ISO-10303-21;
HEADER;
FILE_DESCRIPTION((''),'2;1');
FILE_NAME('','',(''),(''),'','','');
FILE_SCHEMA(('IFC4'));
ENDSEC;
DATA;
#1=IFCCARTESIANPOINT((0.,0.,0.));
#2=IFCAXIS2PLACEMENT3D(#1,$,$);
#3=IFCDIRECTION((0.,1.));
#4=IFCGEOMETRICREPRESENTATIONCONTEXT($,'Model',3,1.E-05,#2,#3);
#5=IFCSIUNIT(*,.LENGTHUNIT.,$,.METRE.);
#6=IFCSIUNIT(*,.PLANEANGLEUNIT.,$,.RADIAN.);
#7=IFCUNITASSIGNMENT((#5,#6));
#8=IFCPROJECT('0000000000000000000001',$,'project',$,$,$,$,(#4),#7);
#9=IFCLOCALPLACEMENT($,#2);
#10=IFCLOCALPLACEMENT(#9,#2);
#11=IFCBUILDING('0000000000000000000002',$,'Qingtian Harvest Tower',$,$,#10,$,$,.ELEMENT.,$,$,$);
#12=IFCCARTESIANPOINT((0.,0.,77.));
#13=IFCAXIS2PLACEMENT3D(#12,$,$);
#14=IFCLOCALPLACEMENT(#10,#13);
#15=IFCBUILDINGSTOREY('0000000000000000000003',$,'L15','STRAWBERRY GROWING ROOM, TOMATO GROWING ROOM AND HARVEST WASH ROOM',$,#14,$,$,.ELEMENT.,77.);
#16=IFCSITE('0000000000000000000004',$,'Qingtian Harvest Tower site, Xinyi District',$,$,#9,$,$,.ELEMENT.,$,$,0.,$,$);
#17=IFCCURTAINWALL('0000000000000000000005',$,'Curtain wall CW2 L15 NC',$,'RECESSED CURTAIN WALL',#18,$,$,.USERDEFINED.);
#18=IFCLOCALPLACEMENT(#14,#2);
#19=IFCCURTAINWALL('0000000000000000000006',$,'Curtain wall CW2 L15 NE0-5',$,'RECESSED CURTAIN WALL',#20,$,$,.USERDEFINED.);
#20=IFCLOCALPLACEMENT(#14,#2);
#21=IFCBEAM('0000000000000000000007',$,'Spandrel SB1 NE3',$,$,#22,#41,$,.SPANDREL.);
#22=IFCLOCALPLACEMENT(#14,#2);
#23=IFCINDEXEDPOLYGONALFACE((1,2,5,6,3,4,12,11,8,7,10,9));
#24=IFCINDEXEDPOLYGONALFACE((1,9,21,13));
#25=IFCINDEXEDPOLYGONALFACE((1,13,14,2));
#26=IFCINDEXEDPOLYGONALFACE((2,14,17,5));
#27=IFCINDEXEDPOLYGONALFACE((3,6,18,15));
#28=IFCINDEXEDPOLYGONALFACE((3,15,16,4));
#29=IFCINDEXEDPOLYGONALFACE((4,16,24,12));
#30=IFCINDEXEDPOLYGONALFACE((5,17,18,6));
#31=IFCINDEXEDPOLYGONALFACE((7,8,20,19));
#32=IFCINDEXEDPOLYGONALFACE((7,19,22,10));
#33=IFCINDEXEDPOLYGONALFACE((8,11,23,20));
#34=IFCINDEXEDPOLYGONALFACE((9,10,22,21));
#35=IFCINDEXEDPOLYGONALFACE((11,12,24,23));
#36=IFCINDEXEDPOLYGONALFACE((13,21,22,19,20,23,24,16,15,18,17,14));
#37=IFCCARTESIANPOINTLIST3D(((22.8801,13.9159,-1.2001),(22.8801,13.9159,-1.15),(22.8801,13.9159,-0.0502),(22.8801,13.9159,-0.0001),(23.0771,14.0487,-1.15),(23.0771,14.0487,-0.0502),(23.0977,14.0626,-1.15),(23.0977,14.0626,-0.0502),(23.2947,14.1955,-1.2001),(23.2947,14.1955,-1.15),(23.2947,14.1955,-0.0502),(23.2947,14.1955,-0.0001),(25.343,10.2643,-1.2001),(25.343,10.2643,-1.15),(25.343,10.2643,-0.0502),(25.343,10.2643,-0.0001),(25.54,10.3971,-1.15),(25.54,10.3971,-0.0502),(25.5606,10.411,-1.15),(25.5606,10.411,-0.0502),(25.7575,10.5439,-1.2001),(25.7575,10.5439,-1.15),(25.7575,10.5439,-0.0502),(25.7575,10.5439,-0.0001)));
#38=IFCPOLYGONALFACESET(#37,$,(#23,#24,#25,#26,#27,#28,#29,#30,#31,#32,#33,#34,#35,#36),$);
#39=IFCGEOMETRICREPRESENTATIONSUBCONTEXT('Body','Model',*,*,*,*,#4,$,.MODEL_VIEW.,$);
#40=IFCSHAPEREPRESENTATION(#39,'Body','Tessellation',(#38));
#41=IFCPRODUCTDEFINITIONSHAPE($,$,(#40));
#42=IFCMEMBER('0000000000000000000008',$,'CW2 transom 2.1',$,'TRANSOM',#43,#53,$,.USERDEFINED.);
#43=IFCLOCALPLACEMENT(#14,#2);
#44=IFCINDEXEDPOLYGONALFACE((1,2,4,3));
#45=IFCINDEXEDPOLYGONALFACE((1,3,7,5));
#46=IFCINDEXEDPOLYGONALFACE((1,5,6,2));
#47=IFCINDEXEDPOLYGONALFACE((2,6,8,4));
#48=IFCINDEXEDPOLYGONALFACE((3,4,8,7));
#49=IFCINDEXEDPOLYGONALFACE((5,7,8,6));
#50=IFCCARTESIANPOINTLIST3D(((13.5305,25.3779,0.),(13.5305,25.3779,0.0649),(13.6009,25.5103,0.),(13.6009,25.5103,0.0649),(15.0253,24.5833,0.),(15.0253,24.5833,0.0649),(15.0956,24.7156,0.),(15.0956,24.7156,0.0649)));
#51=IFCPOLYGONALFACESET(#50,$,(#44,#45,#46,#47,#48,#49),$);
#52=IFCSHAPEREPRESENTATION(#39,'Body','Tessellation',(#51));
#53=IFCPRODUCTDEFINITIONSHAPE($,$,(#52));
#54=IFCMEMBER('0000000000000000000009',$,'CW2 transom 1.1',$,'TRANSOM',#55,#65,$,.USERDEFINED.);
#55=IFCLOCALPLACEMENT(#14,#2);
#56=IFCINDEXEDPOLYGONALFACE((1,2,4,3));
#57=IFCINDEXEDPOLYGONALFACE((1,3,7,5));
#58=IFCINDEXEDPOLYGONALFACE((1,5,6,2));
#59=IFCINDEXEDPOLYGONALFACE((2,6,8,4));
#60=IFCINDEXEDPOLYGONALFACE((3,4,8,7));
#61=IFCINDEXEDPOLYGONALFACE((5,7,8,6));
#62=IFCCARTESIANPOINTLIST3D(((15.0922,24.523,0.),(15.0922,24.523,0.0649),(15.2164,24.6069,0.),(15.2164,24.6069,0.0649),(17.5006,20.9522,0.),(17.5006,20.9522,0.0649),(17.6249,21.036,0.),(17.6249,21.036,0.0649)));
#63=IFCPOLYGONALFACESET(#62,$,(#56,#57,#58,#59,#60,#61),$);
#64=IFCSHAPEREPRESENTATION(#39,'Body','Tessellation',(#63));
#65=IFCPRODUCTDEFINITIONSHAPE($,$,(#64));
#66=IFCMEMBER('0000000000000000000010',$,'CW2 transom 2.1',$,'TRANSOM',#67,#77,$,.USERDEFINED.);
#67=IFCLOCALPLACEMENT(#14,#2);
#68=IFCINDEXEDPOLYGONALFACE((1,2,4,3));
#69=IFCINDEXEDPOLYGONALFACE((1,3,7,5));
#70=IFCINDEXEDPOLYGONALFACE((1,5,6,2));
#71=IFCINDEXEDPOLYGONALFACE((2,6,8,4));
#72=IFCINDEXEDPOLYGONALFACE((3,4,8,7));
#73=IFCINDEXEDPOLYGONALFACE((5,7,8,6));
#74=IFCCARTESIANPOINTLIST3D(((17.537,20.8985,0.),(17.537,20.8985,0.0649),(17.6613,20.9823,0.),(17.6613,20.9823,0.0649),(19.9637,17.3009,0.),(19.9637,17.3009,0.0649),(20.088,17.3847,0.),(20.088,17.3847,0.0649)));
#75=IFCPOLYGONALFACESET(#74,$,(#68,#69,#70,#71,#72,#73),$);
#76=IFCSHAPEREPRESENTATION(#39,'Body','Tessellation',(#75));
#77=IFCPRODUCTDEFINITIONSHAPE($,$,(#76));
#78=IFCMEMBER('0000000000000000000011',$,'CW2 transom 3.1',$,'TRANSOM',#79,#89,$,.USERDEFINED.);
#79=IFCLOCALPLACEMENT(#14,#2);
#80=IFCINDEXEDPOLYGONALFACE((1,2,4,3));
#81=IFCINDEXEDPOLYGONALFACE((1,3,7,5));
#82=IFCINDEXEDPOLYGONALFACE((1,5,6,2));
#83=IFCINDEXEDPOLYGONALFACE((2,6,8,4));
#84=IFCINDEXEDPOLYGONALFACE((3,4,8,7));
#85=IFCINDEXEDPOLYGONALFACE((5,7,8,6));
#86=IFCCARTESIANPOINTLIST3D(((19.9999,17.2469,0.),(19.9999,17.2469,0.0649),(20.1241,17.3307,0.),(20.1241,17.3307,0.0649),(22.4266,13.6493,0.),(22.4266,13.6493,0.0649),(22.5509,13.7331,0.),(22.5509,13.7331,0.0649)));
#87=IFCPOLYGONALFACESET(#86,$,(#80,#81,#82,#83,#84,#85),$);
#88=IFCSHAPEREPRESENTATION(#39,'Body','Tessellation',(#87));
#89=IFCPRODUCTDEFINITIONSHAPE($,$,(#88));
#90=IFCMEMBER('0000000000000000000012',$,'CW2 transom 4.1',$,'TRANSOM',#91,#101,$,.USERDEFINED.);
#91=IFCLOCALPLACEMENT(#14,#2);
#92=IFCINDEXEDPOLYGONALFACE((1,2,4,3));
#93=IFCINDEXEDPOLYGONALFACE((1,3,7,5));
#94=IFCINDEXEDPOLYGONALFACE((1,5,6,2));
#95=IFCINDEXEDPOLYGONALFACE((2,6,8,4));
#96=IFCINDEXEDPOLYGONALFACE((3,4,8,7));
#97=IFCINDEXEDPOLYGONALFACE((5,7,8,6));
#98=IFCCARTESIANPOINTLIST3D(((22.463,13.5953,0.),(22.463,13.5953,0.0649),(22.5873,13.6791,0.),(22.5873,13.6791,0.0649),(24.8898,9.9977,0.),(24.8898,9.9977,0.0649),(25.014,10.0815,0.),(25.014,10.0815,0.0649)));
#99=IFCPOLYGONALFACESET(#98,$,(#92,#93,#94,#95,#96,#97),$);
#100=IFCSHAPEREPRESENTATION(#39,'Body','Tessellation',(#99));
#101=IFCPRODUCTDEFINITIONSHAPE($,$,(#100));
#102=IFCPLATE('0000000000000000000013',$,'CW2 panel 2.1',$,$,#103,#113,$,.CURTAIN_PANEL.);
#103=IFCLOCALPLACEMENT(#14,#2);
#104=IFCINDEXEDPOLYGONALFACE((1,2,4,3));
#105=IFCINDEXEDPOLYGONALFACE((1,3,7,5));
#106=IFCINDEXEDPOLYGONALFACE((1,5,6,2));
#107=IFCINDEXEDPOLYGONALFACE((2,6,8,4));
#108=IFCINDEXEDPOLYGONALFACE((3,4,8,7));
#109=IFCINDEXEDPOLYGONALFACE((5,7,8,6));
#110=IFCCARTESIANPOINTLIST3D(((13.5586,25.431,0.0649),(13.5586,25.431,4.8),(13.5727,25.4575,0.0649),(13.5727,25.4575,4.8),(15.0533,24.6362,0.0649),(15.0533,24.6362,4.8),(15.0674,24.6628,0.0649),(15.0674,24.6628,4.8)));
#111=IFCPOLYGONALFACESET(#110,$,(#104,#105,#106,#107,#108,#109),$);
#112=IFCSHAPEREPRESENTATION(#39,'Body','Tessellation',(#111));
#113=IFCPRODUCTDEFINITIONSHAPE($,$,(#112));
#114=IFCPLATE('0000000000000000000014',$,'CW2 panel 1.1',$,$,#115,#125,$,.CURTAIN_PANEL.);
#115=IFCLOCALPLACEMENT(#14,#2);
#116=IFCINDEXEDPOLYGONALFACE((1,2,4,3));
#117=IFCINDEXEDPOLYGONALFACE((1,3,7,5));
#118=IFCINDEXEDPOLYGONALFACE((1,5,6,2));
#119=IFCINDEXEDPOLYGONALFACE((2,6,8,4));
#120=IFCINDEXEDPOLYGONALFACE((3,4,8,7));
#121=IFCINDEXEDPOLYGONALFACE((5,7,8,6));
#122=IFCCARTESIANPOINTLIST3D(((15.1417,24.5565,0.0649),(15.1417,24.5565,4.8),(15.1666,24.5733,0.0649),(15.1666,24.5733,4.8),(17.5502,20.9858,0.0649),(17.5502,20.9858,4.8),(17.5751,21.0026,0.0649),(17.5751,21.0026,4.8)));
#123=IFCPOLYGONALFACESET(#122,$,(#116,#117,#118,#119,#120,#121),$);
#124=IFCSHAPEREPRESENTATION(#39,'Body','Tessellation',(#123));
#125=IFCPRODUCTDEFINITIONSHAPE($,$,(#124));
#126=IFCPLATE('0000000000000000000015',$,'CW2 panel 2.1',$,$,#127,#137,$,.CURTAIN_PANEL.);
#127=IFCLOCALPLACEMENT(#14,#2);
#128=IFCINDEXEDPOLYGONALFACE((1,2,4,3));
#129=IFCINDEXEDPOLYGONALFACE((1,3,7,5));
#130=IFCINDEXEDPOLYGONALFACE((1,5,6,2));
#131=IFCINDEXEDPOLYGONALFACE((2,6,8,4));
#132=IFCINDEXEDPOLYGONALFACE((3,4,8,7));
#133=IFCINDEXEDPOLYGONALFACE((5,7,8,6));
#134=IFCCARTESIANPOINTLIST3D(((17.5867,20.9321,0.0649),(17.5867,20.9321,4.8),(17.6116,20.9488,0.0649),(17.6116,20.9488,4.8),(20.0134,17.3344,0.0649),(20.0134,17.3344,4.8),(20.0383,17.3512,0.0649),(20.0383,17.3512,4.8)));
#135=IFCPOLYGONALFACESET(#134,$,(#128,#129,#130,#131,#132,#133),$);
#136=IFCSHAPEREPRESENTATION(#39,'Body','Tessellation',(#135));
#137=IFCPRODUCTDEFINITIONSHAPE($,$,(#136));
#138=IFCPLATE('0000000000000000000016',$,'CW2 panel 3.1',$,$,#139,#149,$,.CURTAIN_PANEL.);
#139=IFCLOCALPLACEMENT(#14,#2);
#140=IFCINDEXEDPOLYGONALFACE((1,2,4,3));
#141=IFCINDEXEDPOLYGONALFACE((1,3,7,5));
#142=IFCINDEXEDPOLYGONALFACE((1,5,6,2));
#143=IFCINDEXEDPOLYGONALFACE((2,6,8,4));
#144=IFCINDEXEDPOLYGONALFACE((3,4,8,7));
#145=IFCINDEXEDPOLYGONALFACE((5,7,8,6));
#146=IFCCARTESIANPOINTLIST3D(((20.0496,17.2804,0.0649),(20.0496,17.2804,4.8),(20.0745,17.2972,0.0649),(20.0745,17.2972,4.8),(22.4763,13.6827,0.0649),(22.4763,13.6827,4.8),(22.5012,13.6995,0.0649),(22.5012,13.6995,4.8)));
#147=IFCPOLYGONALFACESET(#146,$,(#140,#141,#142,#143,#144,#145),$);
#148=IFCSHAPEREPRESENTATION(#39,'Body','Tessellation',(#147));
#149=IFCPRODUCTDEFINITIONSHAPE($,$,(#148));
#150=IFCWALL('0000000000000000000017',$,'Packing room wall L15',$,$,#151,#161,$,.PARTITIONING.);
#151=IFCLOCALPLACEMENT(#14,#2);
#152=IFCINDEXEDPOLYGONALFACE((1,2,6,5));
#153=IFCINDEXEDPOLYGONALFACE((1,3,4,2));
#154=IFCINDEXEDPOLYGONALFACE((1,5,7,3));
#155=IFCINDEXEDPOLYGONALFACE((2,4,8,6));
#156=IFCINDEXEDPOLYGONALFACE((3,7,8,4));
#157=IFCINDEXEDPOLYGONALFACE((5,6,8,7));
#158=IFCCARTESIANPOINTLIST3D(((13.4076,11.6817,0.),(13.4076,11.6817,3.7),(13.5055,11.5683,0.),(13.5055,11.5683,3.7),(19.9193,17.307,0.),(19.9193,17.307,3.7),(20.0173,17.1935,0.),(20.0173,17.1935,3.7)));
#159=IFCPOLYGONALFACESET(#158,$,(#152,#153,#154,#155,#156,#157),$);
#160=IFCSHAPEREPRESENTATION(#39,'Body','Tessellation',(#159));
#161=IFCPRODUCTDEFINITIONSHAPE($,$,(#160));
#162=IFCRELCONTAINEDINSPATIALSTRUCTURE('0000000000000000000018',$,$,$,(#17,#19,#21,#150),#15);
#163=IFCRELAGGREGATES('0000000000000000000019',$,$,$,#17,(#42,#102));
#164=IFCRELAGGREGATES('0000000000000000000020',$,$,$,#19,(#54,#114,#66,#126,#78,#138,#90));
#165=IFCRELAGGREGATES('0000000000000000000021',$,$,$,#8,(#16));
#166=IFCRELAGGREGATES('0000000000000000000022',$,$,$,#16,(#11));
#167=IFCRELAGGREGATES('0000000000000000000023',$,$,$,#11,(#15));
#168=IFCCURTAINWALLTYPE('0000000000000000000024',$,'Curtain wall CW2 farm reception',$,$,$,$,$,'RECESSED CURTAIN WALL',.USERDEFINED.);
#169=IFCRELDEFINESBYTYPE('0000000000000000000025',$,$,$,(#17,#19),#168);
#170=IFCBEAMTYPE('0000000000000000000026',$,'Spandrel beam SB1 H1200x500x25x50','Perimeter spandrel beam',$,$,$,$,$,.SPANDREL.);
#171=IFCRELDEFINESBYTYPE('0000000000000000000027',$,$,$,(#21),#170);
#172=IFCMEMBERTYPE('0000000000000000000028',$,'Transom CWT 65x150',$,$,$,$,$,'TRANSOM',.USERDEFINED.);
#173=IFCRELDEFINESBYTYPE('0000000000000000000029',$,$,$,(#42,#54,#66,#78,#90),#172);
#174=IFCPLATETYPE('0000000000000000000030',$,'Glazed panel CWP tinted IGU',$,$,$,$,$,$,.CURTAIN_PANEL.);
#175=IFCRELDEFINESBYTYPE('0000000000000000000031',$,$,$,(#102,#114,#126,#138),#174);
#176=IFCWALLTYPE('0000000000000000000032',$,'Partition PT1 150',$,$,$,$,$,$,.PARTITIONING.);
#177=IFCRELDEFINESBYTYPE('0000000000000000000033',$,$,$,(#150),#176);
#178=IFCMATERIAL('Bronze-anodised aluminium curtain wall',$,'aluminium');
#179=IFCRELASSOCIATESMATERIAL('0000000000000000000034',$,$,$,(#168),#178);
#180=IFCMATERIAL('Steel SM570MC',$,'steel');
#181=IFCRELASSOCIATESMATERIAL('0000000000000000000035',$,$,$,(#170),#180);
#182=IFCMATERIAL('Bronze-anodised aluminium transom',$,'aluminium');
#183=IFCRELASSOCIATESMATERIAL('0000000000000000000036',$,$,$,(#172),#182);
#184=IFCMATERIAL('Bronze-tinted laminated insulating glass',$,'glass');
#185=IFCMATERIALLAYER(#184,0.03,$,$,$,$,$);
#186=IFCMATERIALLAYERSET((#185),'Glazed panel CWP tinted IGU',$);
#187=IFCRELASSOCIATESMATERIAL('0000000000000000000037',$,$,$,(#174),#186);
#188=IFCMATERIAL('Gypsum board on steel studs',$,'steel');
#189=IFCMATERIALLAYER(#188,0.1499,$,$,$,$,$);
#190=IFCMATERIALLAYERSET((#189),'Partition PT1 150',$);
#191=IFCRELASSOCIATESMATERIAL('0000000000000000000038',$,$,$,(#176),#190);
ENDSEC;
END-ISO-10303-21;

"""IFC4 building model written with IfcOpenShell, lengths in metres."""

from ifc_helpers import new_model, si_unit, direction, frame, frame_2d, origin, origin_2d, place, context, subcontext, project, spatial, rectangle, i_section, extrude, material, layer, layer_set, material_profile, profile_set, type_object, element, aggregate, save


model = new_model("IFC4")

# Units and contexts
model_context = context("Model", 3, precision=1e-05, world=origin(), true_north=direction((0.0, 1.0)))
body_context = subcontext(model_context, "Body", "Model", "MODEL_VIEW")
ifc_project = project(units=[si_unit("LENGTHUNIT", "METRE"), si_unit("PLANEANGLEUNIT", "RADIAN")], contexts=[model_context])

# Site, building, storey
site_placement = place(None, origin())
site = spatial("IfcSite", under=ifc_project, at=site_placement, Name="Qingtian Harvest Tower site, Xinyi District", CompositionType="ELEMENT", RefElevation=0.0)
building_placement = place(site_placement, origin())
building = spatial("IfcBuilding", under=site, at=building_placement, Name="Qingtian Harvest Tower", CompositionType="ELEMENT")
storey_placement = place(building_placement, frame((0.0, 0.0, 77.0)))
storey = spatial("IfcBuildingStorey", under=building, at=storey_placement, Name="L15", Description="STRAWBERRY GROWING ROOM, TOMATO GROWING ROOM AND HARVEST WASH ROOM", CompositionType="ELEMENT", Elevation=77.0)

# Curtain wall
ifc_material_1 = material(Name="Bronze-anodised aluminium curtain wall", Category="aluminium")
curtain_wall_type = type_object("IfcCurtainWallType", Name="Curtain wall CW2 farm reception", ElementType="RECESSED CURTAIN WALL", PredefinedType="USERDEFINED", material=ifc_material_1)
curtain_wall_1_placement = place(storey_placement, origin())
curtain_wall_1 = element("IfcCurtainWall", 1, at=curtain_wall_1_placement, inside=storey, type_object=curtain_wall_type, Name="Curtain wall CW2 L15 NC", ObjectType="RECESSED CURTAIN WALL", PredefinedType="USERDEFINED")

# Curtain wall
curtain_wall_2_placement = place(storey_placement, origin())
curtain_wall_2 = element("IfcCurtainWall", 2, at=curtain_wall_2_placement, inside=storey, type_object=curtain_wall_type, Name="Curtain wall CW2 L15 NE0-5", ObjectType="RECESSED CURTAIN WALL", PredefinedType="USERDEFINED")

# Beam
ifc_material_2 = material(Name="Steel SM570MC", Category="steel")
ifc_material_profile_1 = material_profile(ifc_material_2, i_section(OverallWidth=0.5, OverallDepth=1.2, WebThickness=0.0249, FlangeThickness=0.05, at=origin_2d()), Name="H1200x500x25x50")
ifc_profile_set_1 = profile_set([ifc_material_profile_1], Name="Steel SM570MC")
beam_type_1 = type_object("IfcBeamType", Name="Spandrel beam SB1 H1200x500x25x50", Description="Perimeter spandrel beam", PredefinedType="SPANDREL", material=ifc_profile_set_1)
for number, where, z_axis, x_axis, name in (
    (3, (23.0874, 14.0557, -0.6001), (0.559169, -0.829054, 0.0), (0.829054, 0.559169, 0.0), "Spandrel SB1 NE3"),
):
    element("IfcBeam", number, at=place(storey_placement, frame(where, z_axis=z_axis, x_axis=x_axis)), inside=storey, type_object=beam_type_1, Name=name, PredefinedType="SPANDREL", context=body_context, shape_type="SweptSolid", body=[
        extrude(i_section(OverallWidth=0.5, OverallDepth=1.2, WebThickness=0.0249, FlangeThickness=0.05, at=origin_2d()), origin(), (0.0, 0.0, 1.0), 4.4045),
    ])

# Members
ifc_material_3 = material(Name="Bronze-anodised aluminium transom", Category="aluminium")
ifc_material_profile_2 = material_profile(ifc_material_3, rectangle(XDim=0.1499, YDim=0.0649, at=origin_2d()), Name="AL 65x150")
ifc_profile_set_2 = profile_set([ifc_material_profile_2], Name="Bronze-anodised aluminium transom")
member_type_1 = type_object("IfcMemberType", Name="Transom CWT 65x150", ElementType="TRANSOM", PredefinedType="USERDEFINED", material=ifc_profile_set_2)
member_1_placement = place(storey_placement, frame((13.5657, 25.4441, 0.0325), z_axis=(0.882987, -0.469398, 0.0), x_axis=(0.469398, 0.882987, 0.0)))
member_1 = element("IfcMember", 4, at=member_1_placement, type_object=member_type_1, Name="CW2 transom 2.1", ObjectType="TRANSOM", PredefinedType="USERDEFINED", context=body_context, shape_type="SweptSolid", body=[
    extrude(rectangle(XDim=0.1499, YDim=0.0649, at=origin_2d()), origin(), (0.0, 0.0, 1.0), 1.6929),
])
member_2_placement = place(storey_placement, frame((15.1543, 24.5649, 0.0325), z_axis=(0.559179, -0.829047, 0.0), x_axis=(0.829047, 0.559179, 0.0)))
member_2 = element("IfcMember", 5, at=member_2_placement, type_object=member_type_1, Name="CW2 transom 1.1", ObjectType="TRANSOM", PredefinedType="USERDEFINED", context=body_context, shape_type="SweptSolid", body=[
    extrude(rectangle(XDim=0.1499, YDim=0.0649, at=origin_2d()), origin(), (0.0, 0.0, 1.0), 4.3071),
])
member_3_placement = place(storey_placement, frame((17.5991, 20.9404, 0.0325), z_axis=(0.55921, -0.829026, 0.0), x_axis=(0.829026, 0.55921, 0.0)))
member_3 = element("IfcMember", 6, at=member_3_placement, type_object=member_type_1, Name="CW2 transom 2.1", ObjectType="TRANSOM", PredefinedType="USERDEFINED", context=body_context, shape_type="SweptSolid", body=[
    extrude(rectangle(XDim=0.1499, YDim=0.0649, at=origin_2d()), origin(), (0.0, 0.0, 1.0), 4.3396),
])
member_4_placement = place(storey_placement, frame((20.062, 17.2888, 0.0325), z_axis=(0.55921, -0.829026, 0.0), x_axis=(0.829026, 0.55921, 0.0)))
member_4 = element("IfcMember", 7, at=member_4_placement, type_object=member_type_1, Name="CW2 transom 3.1", ObjectType="TRANSOM", PredefinedType="USERDEFINED", context=body_context, shape_type="SweptSolid", body=[
    extrude(rectangle(XDim=0.1499, YDim=0.0649, at=origin_2d()), origin(), (0.0, 0.0, 1.0), 4.3396),
])
member_5_placement = place(storey_placement, frame((22.5251, 13.6372, 0.0325), z_axis=(0.55921, -0.829026, 0.0), x_axis=(0.829026, 0.55921, 0.0)))
member_5 = element("IfcMember", 8, at=member_5_placement, type_object=member_type_1, Name="CW2 transom 4.1", ObjectType="TRANSOM", PredefinedType="USERDEFINED", context=body_context, shape_type="SweptSolid", body=[
    extrude(rectangle(XDim=0.1499, YDim=0.0649, at=origin_2d()), origin(), (0.0, 0.0, 1.0), 4.3396),
])

# Plates
ifc_material_4 = material(Name="Bronze-tinted laminated insulating glass", Category="glass")
ifc_layer_1 = layer(ifc_material_4, 0.03)
ifc_layer_set_1 = layer_set([ifc_layer_1], Name="Glazed panel CWP tinted IGU")
plate_type = type_object("IfcPlateType", Name="Glazed panel CWP tinted IGU", PredefinedType="CURTAIN_PANEL", material=ifc_layer_set_1)
plate_1_placement = place(storey_placement, frame((14.313, 25.0469, 0.0649), z_axis=(0.0, 0.0, 1.0), x_axis=(0.882948, -0.469472, 0.0)))
plate_1 = element("IfcPlate", 9, at=plate_1_placement, type_object=plate_type, Name="CW2 panel 2.1", PredefinedType="CURTAIN_PANEL", context=body_context, shape_type="SweptSolid", body=[
    extrude(rectangle(XDim=1.6929, YDim=0.03, at=origin_2d()), origin(), (0.0, 0.0, 1.0), 4.7351),
])
aggregate(curtain_wall_1, [member_1, plate_1])
plate_2_placement = place(storey_placement, frame((16.3584, 22.7795, 0.0649), z_axis=(0.0, 0.0, 1.0), x_axis=(0.559193, -0.829038, 0.0)))
plate_2 = element("IfcPlate", 10, at=plate_2_placement, type_object=plate_type, Name="CW2 panel 1.1", PredefinedType="CURTAIN_PANEL", context=body_context, shape_type="SweptSolid", body=[
    extrude(rectangle(XDim=4.3071, YDim=0.03, at=origin_2d()), origin(), (0.0, 0.0, 1.0), 4.7351),
])
plate_3_placement = place(storey_placement, frame((18.8125, 19.1416, 0.0649), z_axis=(0.0, 0.0, 1.0), x_axis=(0.559193, -0.829038, 0.0)))
plate_3 = element("IfcPlate", 11, at=plate_3_placement, type_object=plate_type, Name="CW2 panel 2.1", PredefinedType="CURTAIN_PANEL", context=body_context, shape_type="SweptSolid", body=[
    extrude(rectangle(XDim=4.3396, YDim=0.03, at=origin_2d()), origin(), (0.0, 0.0, 1.0), 4.7351),
])
plate_4_placement = place(storey_placement, frame((21.2754, 15.49, 0.0649), z_axis=(0.0, 0.0, 1.0), x_axis=(0.559193, -0.829038, 0.0)))
plate_4 = element("IfcPlate", 12, at=plate_4_placement, type_object=plate_type, Name="CW2 panel 3.1", PredefinedType="CURTAIN_PANEL", context=body_context, shape_type="SweptSolid", body=[
    extrude(rectangle(XDim=4.3396, YDim=0.03, at=origin_2d()), origin(), (0.0, 0.0, 1.0), 4.7351),
])
aggregate(curtain_wall_2, [member_2, plate_2, member_3, plate_3, member_4, plate_4, member_5])

# Wall
ifc_material_5 = material(Name="Gypsum board on steel studs", Category="steel")
ifc_layer_2 = layer(ifc_material_5, 0.1499)
ifc_layer_set_2 = layer_set([ifc_layer_2], Name="Partition PT1 150")
wall_type = type_object("IfcWallType", Name="Partition PT1 150", PredefinedType="PARTITIONING", material=ifc_layer_set_2)
wall_placement = place(storey_placement, frame((19.9683, 17.2502, 0.0), z_axis=(0.0, 0.0, 1.0), x_axis=(-0.756738, -0.653719, 0.0)))
element("IfcWall", 13, at=wall_placement, inside=storey, type_object=wall_type, Name="Packing room wall L15", PredefinedType="PARTITIONING", context=body_context, shape_type="SweptSolid", body=[
    extrude(rectangle(XDim=8.605, YDim=0.1499, at=frame_2d((4.3025, 0.0))), origin(), (0.0, 0.0, 1.0), 3.7),
])

save(model, "model.ifc")
